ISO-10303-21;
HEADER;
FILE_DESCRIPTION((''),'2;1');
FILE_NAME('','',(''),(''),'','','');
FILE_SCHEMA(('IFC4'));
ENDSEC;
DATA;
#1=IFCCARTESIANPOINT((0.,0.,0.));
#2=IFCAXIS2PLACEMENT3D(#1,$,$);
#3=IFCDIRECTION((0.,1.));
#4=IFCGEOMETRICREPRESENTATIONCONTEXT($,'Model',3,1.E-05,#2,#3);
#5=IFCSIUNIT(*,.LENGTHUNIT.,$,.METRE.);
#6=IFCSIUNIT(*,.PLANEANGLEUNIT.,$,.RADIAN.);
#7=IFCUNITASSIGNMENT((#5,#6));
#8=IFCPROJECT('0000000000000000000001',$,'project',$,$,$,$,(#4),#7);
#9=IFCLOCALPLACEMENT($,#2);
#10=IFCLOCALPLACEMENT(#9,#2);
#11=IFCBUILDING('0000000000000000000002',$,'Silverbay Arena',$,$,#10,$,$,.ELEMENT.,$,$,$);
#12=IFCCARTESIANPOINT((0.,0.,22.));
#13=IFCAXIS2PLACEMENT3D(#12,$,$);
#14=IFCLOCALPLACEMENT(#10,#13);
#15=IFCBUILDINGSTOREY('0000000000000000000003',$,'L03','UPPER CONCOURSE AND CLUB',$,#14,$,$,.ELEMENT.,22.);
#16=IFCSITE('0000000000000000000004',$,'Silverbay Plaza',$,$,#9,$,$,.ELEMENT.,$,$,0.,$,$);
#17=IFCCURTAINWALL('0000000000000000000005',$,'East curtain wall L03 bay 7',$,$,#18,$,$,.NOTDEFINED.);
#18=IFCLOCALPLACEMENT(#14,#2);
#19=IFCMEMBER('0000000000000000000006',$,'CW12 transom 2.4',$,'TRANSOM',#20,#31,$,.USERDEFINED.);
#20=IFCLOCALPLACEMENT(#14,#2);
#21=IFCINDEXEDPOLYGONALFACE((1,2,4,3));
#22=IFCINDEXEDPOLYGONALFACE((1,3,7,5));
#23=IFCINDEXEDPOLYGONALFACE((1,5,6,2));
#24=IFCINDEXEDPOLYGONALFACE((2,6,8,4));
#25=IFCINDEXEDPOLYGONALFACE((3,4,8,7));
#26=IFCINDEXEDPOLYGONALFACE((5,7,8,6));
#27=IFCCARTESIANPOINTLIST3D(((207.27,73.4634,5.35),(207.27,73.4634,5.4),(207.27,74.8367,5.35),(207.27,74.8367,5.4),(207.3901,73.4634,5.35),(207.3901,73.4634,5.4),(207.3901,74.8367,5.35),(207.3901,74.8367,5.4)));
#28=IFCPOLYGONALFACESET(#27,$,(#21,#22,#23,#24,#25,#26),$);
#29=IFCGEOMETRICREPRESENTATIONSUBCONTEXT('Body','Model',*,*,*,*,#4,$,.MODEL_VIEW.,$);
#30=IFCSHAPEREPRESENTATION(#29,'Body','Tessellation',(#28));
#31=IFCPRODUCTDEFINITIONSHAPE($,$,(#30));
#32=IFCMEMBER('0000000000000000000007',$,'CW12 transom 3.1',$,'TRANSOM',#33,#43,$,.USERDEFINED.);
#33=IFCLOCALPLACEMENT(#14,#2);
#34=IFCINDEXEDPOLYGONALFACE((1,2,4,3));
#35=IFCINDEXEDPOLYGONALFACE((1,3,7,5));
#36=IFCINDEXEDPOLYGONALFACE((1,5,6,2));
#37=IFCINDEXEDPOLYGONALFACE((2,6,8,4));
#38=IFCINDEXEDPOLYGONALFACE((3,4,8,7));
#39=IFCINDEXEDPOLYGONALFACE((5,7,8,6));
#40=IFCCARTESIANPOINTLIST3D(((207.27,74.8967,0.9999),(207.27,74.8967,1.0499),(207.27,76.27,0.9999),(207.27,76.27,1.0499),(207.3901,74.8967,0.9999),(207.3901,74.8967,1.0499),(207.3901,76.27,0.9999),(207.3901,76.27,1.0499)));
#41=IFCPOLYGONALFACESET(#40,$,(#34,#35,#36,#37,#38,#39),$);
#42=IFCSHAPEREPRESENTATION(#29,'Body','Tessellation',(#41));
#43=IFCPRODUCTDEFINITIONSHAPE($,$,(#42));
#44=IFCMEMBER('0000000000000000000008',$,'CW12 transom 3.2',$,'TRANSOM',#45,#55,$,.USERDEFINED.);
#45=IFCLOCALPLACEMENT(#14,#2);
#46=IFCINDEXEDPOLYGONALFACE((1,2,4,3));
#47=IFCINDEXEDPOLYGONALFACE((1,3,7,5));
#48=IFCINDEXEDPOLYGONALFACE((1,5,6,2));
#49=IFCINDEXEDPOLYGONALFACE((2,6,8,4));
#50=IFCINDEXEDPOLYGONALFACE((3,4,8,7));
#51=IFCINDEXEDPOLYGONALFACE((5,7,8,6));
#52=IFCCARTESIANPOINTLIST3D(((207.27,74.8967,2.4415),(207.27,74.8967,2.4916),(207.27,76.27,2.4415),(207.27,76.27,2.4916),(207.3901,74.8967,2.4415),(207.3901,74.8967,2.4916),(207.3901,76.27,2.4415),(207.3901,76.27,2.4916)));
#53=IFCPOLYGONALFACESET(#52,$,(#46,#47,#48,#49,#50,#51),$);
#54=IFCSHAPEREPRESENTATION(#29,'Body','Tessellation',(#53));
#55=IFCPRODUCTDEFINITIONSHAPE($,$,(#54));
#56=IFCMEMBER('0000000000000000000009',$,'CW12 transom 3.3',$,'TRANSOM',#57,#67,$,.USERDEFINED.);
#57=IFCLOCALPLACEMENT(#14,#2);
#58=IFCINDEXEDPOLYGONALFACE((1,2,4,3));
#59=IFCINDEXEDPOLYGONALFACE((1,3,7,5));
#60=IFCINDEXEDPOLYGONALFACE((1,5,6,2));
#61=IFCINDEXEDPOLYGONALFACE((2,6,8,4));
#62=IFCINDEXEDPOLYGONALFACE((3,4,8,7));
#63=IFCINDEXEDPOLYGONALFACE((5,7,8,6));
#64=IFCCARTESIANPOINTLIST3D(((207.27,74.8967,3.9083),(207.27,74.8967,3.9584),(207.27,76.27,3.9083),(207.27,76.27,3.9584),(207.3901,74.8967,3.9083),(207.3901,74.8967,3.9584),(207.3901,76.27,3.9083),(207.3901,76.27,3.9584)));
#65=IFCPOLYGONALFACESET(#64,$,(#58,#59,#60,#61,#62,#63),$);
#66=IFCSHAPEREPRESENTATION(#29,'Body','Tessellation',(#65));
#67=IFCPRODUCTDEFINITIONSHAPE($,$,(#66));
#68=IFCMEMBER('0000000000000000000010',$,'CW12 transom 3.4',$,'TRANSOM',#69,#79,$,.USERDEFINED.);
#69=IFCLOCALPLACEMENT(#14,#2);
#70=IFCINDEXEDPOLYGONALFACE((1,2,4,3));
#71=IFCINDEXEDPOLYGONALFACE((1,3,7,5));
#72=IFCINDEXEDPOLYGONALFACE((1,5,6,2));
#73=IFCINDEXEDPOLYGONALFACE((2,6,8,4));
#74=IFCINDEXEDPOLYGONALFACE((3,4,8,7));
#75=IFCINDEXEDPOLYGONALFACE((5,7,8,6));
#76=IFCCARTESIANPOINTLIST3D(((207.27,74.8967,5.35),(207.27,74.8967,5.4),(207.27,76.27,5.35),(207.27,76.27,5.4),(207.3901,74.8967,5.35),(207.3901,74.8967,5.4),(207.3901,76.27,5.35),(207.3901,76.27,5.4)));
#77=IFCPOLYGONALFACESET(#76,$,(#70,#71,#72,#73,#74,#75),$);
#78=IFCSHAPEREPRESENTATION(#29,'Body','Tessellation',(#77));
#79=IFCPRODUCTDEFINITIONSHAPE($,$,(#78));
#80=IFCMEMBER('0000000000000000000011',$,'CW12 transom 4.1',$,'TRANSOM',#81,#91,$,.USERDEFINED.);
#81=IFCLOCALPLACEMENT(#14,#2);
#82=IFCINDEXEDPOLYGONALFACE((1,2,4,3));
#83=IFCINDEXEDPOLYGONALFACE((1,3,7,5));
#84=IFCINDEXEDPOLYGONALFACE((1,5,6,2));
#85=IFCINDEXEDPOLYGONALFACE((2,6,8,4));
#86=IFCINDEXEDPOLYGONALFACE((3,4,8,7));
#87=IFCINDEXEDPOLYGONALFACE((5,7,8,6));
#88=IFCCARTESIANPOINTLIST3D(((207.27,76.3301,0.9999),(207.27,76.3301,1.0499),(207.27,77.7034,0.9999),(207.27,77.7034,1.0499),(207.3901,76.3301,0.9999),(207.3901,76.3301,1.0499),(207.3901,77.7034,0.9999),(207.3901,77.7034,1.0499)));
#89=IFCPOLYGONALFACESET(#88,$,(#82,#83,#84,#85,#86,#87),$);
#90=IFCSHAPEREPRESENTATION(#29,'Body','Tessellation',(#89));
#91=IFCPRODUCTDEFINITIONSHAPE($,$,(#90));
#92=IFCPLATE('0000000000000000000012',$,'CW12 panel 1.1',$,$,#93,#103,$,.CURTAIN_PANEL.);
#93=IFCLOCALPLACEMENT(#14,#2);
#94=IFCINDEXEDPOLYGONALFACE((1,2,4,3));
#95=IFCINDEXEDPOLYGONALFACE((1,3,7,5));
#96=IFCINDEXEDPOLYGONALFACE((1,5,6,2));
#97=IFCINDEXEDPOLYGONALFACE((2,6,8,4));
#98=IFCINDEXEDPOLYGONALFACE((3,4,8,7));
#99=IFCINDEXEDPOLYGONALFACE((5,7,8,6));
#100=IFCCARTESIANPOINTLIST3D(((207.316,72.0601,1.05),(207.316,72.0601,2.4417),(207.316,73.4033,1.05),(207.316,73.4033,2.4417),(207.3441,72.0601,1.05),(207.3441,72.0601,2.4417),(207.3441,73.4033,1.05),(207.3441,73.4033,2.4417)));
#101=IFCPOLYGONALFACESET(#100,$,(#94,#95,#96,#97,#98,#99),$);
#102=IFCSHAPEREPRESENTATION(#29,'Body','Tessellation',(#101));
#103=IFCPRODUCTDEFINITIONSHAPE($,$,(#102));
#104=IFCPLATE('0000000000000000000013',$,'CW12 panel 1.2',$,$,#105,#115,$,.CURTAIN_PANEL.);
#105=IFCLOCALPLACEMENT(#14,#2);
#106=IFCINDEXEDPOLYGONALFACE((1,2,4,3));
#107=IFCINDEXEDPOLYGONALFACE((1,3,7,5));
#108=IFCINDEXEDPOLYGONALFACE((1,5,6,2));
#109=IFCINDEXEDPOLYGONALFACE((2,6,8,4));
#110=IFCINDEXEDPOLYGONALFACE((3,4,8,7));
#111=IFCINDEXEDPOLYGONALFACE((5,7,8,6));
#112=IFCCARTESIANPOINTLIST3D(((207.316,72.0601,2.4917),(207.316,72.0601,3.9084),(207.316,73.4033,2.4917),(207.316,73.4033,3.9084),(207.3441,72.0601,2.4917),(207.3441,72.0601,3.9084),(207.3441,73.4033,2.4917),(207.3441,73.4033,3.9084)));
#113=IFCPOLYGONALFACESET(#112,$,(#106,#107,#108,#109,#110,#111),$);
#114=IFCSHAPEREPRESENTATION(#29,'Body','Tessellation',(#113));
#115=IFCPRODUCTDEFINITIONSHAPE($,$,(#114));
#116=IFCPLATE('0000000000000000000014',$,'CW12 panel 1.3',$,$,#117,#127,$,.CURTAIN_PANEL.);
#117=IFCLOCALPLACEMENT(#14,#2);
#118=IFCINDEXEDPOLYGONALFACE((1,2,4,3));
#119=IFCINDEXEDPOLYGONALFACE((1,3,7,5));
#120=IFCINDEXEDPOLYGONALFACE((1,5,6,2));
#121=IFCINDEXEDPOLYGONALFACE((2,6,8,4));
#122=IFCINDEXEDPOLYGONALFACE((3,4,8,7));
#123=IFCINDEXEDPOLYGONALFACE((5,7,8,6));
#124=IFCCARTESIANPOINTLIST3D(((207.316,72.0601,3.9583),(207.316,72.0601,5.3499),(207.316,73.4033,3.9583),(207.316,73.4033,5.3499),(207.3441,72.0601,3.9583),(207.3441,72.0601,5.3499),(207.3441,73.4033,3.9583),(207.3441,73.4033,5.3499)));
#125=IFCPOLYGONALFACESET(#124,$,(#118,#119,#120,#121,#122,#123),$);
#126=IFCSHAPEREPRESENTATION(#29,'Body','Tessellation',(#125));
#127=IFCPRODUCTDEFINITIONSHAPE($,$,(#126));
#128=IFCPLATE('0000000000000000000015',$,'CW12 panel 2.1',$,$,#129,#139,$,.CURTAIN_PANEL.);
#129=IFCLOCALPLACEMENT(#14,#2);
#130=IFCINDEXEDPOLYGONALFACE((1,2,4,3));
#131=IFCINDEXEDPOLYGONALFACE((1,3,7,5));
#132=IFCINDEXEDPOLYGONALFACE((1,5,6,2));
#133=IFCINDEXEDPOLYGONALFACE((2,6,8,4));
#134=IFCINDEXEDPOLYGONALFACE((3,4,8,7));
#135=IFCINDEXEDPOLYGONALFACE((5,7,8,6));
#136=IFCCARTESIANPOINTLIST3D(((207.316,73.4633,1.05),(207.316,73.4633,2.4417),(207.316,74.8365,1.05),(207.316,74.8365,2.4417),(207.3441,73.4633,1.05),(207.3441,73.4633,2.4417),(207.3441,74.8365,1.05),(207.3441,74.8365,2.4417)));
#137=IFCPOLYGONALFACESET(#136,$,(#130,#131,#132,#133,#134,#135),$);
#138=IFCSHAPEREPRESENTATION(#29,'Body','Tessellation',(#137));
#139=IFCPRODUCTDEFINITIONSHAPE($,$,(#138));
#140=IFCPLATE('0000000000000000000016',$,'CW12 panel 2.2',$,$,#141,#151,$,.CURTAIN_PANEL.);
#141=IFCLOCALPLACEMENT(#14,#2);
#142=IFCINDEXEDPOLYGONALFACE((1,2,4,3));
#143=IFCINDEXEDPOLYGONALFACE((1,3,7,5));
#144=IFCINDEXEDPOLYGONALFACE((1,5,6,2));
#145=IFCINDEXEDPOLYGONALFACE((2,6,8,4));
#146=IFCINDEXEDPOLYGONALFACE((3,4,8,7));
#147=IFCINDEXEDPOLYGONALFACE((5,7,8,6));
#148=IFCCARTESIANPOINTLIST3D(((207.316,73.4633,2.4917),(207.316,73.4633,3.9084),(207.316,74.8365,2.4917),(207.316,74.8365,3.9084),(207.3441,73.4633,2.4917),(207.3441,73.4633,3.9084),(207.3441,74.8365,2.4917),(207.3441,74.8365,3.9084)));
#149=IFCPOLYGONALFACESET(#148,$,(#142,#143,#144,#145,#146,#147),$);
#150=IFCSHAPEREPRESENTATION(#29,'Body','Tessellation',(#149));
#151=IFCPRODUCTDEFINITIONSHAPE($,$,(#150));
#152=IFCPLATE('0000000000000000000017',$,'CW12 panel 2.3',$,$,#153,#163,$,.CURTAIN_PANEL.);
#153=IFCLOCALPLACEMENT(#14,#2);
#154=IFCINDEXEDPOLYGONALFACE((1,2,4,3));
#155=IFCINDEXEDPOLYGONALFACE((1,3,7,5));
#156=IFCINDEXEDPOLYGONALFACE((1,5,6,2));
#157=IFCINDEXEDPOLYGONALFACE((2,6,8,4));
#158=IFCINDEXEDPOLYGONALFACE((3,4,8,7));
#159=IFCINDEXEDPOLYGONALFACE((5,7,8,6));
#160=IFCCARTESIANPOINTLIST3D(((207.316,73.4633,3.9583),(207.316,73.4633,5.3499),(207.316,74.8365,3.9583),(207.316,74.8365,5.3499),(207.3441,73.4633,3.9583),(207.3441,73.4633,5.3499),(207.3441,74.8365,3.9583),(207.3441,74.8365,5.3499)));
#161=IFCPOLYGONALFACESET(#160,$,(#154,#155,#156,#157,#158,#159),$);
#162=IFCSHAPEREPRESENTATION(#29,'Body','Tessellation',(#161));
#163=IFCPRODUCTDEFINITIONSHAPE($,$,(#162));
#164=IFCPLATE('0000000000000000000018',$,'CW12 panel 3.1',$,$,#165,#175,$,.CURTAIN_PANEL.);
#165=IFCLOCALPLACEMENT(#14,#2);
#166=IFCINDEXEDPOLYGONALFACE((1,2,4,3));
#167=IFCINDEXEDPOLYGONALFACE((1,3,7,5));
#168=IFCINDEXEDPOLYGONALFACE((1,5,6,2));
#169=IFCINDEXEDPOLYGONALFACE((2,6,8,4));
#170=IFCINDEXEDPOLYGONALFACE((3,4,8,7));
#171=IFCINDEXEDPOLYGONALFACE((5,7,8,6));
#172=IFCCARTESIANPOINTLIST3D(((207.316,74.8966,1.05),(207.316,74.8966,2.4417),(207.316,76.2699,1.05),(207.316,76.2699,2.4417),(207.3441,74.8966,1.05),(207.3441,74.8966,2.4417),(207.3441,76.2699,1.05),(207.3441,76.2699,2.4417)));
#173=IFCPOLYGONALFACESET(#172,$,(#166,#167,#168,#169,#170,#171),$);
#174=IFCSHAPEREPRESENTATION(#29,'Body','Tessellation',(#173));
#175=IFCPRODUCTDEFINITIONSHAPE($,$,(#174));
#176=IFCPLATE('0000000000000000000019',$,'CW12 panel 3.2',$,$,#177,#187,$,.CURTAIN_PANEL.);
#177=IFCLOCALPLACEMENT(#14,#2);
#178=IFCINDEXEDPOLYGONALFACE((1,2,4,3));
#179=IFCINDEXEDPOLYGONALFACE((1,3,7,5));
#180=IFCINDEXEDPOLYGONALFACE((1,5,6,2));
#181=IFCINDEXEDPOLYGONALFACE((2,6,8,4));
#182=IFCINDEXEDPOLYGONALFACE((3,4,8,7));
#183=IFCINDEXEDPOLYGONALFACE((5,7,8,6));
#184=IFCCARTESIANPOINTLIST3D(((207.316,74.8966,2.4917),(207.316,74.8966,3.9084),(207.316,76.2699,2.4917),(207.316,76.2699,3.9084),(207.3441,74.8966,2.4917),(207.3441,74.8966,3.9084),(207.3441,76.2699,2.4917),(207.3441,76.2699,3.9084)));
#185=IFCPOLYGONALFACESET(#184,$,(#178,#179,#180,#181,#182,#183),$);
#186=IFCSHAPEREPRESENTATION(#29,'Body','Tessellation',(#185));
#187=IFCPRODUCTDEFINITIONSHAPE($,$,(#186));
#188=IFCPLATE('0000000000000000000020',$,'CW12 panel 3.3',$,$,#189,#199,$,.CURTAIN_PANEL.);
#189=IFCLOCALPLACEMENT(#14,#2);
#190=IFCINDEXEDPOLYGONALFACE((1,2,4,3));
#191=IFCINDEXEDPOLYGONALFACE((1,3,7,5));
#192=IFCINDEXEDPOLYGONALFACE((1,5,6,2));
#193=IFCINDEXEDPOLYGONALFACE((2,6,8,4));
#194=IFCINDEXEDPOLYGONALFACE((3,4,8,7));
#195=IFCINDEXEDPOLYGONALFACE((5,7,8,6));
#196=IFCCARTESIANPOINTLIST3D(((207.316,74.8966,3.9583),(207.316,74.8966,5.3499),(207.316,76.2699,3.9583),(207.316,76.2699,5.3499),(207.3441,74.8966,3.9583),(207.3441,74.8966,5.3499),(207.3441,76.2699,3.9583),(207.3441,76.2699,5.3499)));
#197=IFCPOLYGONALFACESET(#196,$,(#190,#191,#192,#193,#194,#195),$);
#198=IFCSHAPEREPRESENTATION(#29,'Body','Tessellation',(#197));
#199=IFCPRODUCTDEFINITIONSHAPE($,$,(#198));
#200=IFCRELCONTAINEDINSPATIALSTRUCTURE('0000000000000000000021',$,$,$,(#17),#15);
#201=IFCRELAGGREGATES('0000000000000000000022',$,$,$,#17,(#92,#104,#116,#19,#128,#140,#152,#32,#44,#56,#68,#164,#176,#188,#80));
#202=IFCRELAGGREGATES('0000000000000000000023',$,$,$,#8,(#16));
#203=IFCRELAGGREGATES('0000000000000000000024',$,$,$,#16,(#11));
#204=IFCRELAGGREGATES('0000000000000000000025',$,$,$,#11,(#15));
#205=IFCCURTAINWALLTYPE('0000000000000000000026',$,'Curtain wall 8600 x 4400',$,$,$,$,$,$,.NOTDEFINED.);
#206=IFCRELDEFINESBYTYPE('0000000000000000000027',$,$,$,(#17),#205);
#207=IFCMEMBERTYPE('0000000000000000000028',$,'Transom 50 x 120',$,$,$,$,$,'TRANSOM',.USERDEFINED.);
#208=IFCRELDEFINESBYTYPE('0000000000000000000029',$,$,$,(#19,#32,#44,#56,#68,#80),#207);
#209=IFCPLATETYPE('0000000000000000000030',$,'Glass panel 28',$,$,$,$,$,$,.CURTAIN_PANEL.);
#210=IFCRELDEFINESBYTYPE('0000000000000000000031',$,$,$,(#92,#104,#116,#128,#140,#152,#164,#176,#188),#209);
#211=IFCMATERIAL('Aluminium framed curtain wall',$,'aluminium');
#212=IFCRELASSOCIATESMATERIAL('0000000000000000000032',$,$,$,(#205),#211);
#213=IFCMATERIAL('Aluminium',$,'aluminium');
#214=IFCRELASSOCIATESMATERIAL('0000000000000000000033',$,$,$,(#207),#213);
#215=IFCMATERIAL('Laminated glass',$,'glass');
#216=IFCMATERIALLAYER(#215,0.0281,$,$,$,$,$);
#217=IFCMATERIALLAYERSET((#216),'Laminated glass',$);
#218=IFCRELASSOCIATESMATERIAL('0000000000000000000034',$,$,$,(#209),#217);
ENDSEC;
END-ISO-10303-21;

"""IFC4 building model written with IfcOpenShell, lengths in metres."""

from ifc_helpers import new_model, si_unit, direction, frame, origin, origin_2d, place, context, subcontext, project, spatial, rectangle, extrude, material, layer, layer_set, material_profile, profile_set, type_object, element, aggregate, save


model = new_model("IFC4")

# Units and contexts
model_context = context("Model", 3, precision=1e-05, world=origin(), true_north=direction((0.0, 1.0)))
body_context = subcontext(model_context, "Body", "Model", "MODEL_VIEW")
ifc_project = project(units=[si_unit("LENGTHUNIT", "METRE"), si_unit("PLANEANGLEUNIT", "RADIAN")], contexts=[model_context])

# Site, building, storey
site_placement = place(None, origin())
site = spatial("IfcSite", under=ifc_project, at=site_placement, Name="Silverbay Plaza", CompositionType="ELEMENT", RefElevation=0.0)
building_placement = place(site_placement, origin())
building = spatial("IfcBuilding", under=site, at=building_placement, Name="Silverbay Arena", CompositionType="ELEMENT")
storey_placement = place(building_placement, frame((0.0, 0.0, 22.0)))
storey = spatial("IfcBuildingStorey", under=building, at=storey_placement, Name="L03", Description="UPPER CONCOURSE AND CLUB", CompositionType="ELEMENT", Elevation=22.0)

# Curtain wall
ifc_material_1 = material(Name="Aluminium framed curtain wall", Category="aluminium")
curtain_wall_type = type_object("IfcCurtainWallType", Name="Curtain wall 8600 x 4400", PredefinedType="NOTDEFINED", material=ifc_material_1)
curtain_wall_placement = place(storey_placement, origin())
curtain_wall = element("IfcCurtainWall", 1, at=curtain_wall_placement, inside=storey, type_object=curtain_wall_type, Name="East curtain wall L03 bay 7", PredefinedType="NOTDEFINED")

# Members
ifc_material_2 = material(Name="Aluminium", Category="aluminium")
ifc_material_profile_1 = material_profile(ifc_material_2, rectangle(XDim=0.1201, YDim=0.05, at=origin_2d()), Name="Transom 50 x 120")
ifc_profile_set_1 = profile_set([ifc_material_profile_1], Name="Aluminium")
member_type_1 = type_object("IfcMemberType", Name="Transom 50 x 120", ElementType="TRANSOM", PredefinedType="USERDEFINED", material=ifc_profile_set_1)
member_1_placement = place(storey_placement, frame((207.3301, 73.4634, 5.375), z_axis=(0.0, 1.0, 0.0), x_axis=(-1.0, 0.0, 0.0)))
member_1 = element("IfcMember", 2, at=member_1_placement, type_object=member_type_1, Name="CW12 transom 2.4", ObjectType="TRANSOM", PredefinedType="USERDEFINED", context=body_context, shape_type="SweptSolid", body=[
    extrude(rectangle(XDim=0.1201, YDim=0.05, at=origin_2d()), origin(), (0.0, 0.0, 1.0), 1.3733),
])
member_2_placement = place(storey_placement, frame((207.3301, 74.8967, 1.0249), z_axis=(0.0, 1.0, 0.0), x_axis=(-1.0, 0.0, 0.0)))
member_2 = element("IfcMember", 3, at=member_2_placement, type_object=member_type_1, Name="CW12 transom 3.1", ObjectType="TRANSOM", PredefinedType="USERDEFINED", context=body_context, shape_type="SweptSolid", body=[
    extrude(rectangle(XDim=0.1201, YDim=0.05, at=origin_2d()), origin(), (0.0, 0.0, 1.0), 1.3733),
])
member_3_placement = place(storey_placement, frame((207.3301, 74.8967, 2.4666), z_axis=(0.0, 1.0, 0.0), x_axis=(-1.0, 0.0, 0.0)))
member_3 = element("IfcMember", 4, at=member_3_placement, type_object=member_type_1, Name="CW12 transom 3.2", ObjectType="TRANSOM", PredefinedType="USERDEFINED", context=body_context, shape_type="SweptSolid", body=[
    extrude(rectangle(XDim=0.1201, YDim=0.05, at=origin_2d()), origin(), (0.0, 0.0, 1.0), 1.3733),
])
member_4_placement = place(storey_placement, frame((207.3301, 74.8967, 3.9333), z_axis=(0.0, 1.0, 0.0), x_axis=(-1.0, 0.0, 0.0)))
member_4 = element("IfcMember", 5, at=member_4_placement, type_object=member_type_1, Name="CW12 transom 3.3", ObjectType="TRANSOM", PredefinedType="USERDEFINED", context=body_context, shape_type="SweptSolid", body=[
    extrude(rectangle(XDim=0.1201, YDim=0.05, at=origin_2d()), origin(), (0.0, 0.0, 1.0), 1.3733),
])
member_5_placement = place(storey_placement, frame((207.3301, 74.8967, 5.375), z_axis=(0.0, 1.0, 0.0), x_axis=(-1.0, 0.0, 0.0)))
member_5 = element("IfcMember", 6, at=member_5_placement, type_object=member_type_1, Name="CW12 transom 3.4", ObjectType="TRANSOM", PredefinedType="USERDEFINED", context=body_context, shape_type="SweptSolid", body=[
    extrude(rectangle(XDim=0.1201, YDim=0.05, at=origin_2d()), origin(), (0.0, 0.0, 1.0), 1.3733),
])
member_6_placement = place(storey_placement, frame((207.3301, 76.3301, 1.0249), z_axis=(0.0, 1.0, 0.0), x_axis=(-1.0, 0.0, 0.0)))
member_6 = element("IfcMember", 7, at=member_6_placement, type_object=member_type_1, Name="CW12 transom 4.1", ObjectType="TRANSOM", PredefinedType="USERDEFINED", context=body_context, shape_type="SweptSolid", body=[
    extrude(rectangle(XDim=0.1201, YDim=0.05, at=origin_2d()), origin(), (0.0, 0.0, 1.0), 1.3733),
])

# Plates
ifc_material_3 = material(Name="Laminated glass", Category="glass")
ifc_layer_1 = layer(ifc_material_3, 0.0281)
ifc_layer_set_1 = layer_set([ifc_layer_1], Name="Laminated glass")
plate_type = type_object("IfcPlateType", Name="Glass panel 28", PredefinedType="CURTAIN_PANEL", material=ifc_layer_set_1)
plate_1_placement = place(storey_placement, frame((207.3301, 72.7317, 1.05), z_axis=(0.0, 0.0, 1.0), x_axis=(0.0, 1.0, 0.0)))
plate_1 = element("IfcPlate", 8, at=plate_1_placement, type_object=plate_type, Name="CW12 panel 1.1", PredefinedType="CURTAIN_PANEL", context=body_context, shape_type="SweptSolid", body=[
    extrude(rectangle(XDim=1.3433, YDim=0.0281, at=origin_2d()), origin(), (0.0, 0.0, 1.0), 1.3916),
])
plate_2_placement = place(storey_placement, frame((207.3301, 72.7317, 2.4917), z_axis=(0.0, 0.0, 1.0), x_axis=(0.0, 1.0, 0.0)))
plate_2 = element("IfcPlate", 9, at=plate_2_placement, type_object=plate_type, Name="CW12 panel 1.2", PredefinedType="CURTAIN_PANEL", context=body_context, shape_type="SweptSolid", body=[
    extrude(rectangle(XDim=1.3433, YDim=0.0281, at=origin_2d()), origin(), (0.0, 0.0, 1.0), 1.4167),
])
plate_3_placement = place(storey_placement, frame((207.3301, 72.7317, 3.9583), z_axis=(0.0, 0.0, 1.0), x_axis=(0.0, 1.0, 0.0)))
plate_3 = element("IfcPlate", 10, at=plate_3_placement, type_object=plate_type, Name="CW12 panel 1.3", PredefinedType="CURTAIN_PANEL", context=body_context, shape_type="SweptSolid", body=[
    extrude(rectangle(XDim=1.3433, YDim=0.0281, at=origin_2d()), origin(), (0.0, 0.0, 1.0), 1.3916),
])
plate_4_placement = place(storey_placement, frame((207.3301, 74.1499, 1.05), z_axis=(0.0, 0.0, 1.0), x_axis=(0.0, 1.0, 0.0)))
plate_4 = element("IfcPlate", 11, at=plate_4_placement, type_object=plate_type, Name="CW12 panel 2.1", PredefinedType="CURTAIN_PANEL", context=body_context, shape_type="SweptSolid", body=[
    extrude(rectangle(XDim=1.3733, YDim=0.0281, at=origin_2d()), origin(), (0.0, 0.0, 1.0), 1.3916),
])
plate_5_placement = place(storey_placement, frame((207.3301, 74.1499, 2.4917), z_axis=(0.0, 0.0, 1.0), x_axis=(0.0, 1.0, 0.0)))
plate_5 = element("IfcPlate", 12, at=plate_5_placement, type_object=plate_type, Name="CW12 panel 2.2", PredefinedType="CURTAIN_PANEL", context=body_context, shape_type="SweptSolid", body=[
    extrude(rectangle(XDim=1.3733, YDim=0.0281, at=origin_2d()), origin(), (0.0, 0.0, 1.0), 1.4167),
])
plate_6_placement = place(storey_placement, frame((207.3301, 74.1499, 3.9583), z_axis=(0.0, 0.0, 1.0), x_axis=(0.0, 1.0, 0.0)))
plate_6 = element("IfcPlate", 13, at=plate_6_placement, type_object=plate_type, Name="CW12 panel 2.3", PredefinedType="CURTAIN_PANEL", context=body_context, shape_type="SweptSolid", body=[
    extrude(rectangle(XDim=1.3733, YDim=0.0281, at=origin_2d()), origin(), (0.0, 0.0, 1.0), 1.3916),
])
plate_7_placement = place(storey_placement, frame((207.3301, 75.5833, 1.05), z_axis=(0.0, 0.0, 1.0), x_axis=(0.0, 1.0, 0.0)))
plate_7 = element("IfcPlate", 14, at=plate_7_placement, type_object=plate_type, Name="CW12 panel 3.1", PredefinedType="CURTAIN_PANEL", context=body_context, shape_type="SweptSolid", body=[
    extrude(rectangle(XDim=1.3733, YDim=0.0281, at=origin_2d()), origin(), (0.0, 0.0, 1.0), 1.3916),
])
plate_8_placement = place(storey_placement, frame((207.3301, 75.5833, 2.4917), z_axis=(0.0, 0.0, 1.0), x_axis=(0.0, 1.0, 0.0)))
plate_8 = element("IfcPlate", 15, at=plate_8_placement, type_object=plate_type, Name="CW12 panel 3.2", PredefinedType="CURTAIN_PANEL", context=body_context, shape_type="SweptSolid", body=[
    extrude(rectangle(XDim=1.3733, YDim=0.0281, at=origin_2d()), origin(), (0.0, 0.0, 1.0), 1.4167),
])
plate_9_placement = place(storey_placement, frame((207.3301, 75.5833, 3.9583), z_axis=(0.0, 0.0, 1.0), x_axis=(0.0, 1.0, 0.0)))
plate_9 = element("IfcPlate", 16, at=plate_9_placement, type_object=plate_type, Name="CW12 panel 3.3", PredefinedType="CURTAIN_PANEL", context=body_context, shape_type="SweptSolid", body=[
    extrude(rectangle(XDim=1.3733, YDim=0.0281, at=origin_2d()), origin(), (0.0, 0.0, 1.0), 1.3916),
])
aggregate(curtain_wall, [plate_1, plate_2, plate_3, member_1, plate_4, plate_5, plate_6, member_2, member_3, member_4, member_5, plate_7, plate_8, plate_9, member_6])

save(model, "model.ifc")
